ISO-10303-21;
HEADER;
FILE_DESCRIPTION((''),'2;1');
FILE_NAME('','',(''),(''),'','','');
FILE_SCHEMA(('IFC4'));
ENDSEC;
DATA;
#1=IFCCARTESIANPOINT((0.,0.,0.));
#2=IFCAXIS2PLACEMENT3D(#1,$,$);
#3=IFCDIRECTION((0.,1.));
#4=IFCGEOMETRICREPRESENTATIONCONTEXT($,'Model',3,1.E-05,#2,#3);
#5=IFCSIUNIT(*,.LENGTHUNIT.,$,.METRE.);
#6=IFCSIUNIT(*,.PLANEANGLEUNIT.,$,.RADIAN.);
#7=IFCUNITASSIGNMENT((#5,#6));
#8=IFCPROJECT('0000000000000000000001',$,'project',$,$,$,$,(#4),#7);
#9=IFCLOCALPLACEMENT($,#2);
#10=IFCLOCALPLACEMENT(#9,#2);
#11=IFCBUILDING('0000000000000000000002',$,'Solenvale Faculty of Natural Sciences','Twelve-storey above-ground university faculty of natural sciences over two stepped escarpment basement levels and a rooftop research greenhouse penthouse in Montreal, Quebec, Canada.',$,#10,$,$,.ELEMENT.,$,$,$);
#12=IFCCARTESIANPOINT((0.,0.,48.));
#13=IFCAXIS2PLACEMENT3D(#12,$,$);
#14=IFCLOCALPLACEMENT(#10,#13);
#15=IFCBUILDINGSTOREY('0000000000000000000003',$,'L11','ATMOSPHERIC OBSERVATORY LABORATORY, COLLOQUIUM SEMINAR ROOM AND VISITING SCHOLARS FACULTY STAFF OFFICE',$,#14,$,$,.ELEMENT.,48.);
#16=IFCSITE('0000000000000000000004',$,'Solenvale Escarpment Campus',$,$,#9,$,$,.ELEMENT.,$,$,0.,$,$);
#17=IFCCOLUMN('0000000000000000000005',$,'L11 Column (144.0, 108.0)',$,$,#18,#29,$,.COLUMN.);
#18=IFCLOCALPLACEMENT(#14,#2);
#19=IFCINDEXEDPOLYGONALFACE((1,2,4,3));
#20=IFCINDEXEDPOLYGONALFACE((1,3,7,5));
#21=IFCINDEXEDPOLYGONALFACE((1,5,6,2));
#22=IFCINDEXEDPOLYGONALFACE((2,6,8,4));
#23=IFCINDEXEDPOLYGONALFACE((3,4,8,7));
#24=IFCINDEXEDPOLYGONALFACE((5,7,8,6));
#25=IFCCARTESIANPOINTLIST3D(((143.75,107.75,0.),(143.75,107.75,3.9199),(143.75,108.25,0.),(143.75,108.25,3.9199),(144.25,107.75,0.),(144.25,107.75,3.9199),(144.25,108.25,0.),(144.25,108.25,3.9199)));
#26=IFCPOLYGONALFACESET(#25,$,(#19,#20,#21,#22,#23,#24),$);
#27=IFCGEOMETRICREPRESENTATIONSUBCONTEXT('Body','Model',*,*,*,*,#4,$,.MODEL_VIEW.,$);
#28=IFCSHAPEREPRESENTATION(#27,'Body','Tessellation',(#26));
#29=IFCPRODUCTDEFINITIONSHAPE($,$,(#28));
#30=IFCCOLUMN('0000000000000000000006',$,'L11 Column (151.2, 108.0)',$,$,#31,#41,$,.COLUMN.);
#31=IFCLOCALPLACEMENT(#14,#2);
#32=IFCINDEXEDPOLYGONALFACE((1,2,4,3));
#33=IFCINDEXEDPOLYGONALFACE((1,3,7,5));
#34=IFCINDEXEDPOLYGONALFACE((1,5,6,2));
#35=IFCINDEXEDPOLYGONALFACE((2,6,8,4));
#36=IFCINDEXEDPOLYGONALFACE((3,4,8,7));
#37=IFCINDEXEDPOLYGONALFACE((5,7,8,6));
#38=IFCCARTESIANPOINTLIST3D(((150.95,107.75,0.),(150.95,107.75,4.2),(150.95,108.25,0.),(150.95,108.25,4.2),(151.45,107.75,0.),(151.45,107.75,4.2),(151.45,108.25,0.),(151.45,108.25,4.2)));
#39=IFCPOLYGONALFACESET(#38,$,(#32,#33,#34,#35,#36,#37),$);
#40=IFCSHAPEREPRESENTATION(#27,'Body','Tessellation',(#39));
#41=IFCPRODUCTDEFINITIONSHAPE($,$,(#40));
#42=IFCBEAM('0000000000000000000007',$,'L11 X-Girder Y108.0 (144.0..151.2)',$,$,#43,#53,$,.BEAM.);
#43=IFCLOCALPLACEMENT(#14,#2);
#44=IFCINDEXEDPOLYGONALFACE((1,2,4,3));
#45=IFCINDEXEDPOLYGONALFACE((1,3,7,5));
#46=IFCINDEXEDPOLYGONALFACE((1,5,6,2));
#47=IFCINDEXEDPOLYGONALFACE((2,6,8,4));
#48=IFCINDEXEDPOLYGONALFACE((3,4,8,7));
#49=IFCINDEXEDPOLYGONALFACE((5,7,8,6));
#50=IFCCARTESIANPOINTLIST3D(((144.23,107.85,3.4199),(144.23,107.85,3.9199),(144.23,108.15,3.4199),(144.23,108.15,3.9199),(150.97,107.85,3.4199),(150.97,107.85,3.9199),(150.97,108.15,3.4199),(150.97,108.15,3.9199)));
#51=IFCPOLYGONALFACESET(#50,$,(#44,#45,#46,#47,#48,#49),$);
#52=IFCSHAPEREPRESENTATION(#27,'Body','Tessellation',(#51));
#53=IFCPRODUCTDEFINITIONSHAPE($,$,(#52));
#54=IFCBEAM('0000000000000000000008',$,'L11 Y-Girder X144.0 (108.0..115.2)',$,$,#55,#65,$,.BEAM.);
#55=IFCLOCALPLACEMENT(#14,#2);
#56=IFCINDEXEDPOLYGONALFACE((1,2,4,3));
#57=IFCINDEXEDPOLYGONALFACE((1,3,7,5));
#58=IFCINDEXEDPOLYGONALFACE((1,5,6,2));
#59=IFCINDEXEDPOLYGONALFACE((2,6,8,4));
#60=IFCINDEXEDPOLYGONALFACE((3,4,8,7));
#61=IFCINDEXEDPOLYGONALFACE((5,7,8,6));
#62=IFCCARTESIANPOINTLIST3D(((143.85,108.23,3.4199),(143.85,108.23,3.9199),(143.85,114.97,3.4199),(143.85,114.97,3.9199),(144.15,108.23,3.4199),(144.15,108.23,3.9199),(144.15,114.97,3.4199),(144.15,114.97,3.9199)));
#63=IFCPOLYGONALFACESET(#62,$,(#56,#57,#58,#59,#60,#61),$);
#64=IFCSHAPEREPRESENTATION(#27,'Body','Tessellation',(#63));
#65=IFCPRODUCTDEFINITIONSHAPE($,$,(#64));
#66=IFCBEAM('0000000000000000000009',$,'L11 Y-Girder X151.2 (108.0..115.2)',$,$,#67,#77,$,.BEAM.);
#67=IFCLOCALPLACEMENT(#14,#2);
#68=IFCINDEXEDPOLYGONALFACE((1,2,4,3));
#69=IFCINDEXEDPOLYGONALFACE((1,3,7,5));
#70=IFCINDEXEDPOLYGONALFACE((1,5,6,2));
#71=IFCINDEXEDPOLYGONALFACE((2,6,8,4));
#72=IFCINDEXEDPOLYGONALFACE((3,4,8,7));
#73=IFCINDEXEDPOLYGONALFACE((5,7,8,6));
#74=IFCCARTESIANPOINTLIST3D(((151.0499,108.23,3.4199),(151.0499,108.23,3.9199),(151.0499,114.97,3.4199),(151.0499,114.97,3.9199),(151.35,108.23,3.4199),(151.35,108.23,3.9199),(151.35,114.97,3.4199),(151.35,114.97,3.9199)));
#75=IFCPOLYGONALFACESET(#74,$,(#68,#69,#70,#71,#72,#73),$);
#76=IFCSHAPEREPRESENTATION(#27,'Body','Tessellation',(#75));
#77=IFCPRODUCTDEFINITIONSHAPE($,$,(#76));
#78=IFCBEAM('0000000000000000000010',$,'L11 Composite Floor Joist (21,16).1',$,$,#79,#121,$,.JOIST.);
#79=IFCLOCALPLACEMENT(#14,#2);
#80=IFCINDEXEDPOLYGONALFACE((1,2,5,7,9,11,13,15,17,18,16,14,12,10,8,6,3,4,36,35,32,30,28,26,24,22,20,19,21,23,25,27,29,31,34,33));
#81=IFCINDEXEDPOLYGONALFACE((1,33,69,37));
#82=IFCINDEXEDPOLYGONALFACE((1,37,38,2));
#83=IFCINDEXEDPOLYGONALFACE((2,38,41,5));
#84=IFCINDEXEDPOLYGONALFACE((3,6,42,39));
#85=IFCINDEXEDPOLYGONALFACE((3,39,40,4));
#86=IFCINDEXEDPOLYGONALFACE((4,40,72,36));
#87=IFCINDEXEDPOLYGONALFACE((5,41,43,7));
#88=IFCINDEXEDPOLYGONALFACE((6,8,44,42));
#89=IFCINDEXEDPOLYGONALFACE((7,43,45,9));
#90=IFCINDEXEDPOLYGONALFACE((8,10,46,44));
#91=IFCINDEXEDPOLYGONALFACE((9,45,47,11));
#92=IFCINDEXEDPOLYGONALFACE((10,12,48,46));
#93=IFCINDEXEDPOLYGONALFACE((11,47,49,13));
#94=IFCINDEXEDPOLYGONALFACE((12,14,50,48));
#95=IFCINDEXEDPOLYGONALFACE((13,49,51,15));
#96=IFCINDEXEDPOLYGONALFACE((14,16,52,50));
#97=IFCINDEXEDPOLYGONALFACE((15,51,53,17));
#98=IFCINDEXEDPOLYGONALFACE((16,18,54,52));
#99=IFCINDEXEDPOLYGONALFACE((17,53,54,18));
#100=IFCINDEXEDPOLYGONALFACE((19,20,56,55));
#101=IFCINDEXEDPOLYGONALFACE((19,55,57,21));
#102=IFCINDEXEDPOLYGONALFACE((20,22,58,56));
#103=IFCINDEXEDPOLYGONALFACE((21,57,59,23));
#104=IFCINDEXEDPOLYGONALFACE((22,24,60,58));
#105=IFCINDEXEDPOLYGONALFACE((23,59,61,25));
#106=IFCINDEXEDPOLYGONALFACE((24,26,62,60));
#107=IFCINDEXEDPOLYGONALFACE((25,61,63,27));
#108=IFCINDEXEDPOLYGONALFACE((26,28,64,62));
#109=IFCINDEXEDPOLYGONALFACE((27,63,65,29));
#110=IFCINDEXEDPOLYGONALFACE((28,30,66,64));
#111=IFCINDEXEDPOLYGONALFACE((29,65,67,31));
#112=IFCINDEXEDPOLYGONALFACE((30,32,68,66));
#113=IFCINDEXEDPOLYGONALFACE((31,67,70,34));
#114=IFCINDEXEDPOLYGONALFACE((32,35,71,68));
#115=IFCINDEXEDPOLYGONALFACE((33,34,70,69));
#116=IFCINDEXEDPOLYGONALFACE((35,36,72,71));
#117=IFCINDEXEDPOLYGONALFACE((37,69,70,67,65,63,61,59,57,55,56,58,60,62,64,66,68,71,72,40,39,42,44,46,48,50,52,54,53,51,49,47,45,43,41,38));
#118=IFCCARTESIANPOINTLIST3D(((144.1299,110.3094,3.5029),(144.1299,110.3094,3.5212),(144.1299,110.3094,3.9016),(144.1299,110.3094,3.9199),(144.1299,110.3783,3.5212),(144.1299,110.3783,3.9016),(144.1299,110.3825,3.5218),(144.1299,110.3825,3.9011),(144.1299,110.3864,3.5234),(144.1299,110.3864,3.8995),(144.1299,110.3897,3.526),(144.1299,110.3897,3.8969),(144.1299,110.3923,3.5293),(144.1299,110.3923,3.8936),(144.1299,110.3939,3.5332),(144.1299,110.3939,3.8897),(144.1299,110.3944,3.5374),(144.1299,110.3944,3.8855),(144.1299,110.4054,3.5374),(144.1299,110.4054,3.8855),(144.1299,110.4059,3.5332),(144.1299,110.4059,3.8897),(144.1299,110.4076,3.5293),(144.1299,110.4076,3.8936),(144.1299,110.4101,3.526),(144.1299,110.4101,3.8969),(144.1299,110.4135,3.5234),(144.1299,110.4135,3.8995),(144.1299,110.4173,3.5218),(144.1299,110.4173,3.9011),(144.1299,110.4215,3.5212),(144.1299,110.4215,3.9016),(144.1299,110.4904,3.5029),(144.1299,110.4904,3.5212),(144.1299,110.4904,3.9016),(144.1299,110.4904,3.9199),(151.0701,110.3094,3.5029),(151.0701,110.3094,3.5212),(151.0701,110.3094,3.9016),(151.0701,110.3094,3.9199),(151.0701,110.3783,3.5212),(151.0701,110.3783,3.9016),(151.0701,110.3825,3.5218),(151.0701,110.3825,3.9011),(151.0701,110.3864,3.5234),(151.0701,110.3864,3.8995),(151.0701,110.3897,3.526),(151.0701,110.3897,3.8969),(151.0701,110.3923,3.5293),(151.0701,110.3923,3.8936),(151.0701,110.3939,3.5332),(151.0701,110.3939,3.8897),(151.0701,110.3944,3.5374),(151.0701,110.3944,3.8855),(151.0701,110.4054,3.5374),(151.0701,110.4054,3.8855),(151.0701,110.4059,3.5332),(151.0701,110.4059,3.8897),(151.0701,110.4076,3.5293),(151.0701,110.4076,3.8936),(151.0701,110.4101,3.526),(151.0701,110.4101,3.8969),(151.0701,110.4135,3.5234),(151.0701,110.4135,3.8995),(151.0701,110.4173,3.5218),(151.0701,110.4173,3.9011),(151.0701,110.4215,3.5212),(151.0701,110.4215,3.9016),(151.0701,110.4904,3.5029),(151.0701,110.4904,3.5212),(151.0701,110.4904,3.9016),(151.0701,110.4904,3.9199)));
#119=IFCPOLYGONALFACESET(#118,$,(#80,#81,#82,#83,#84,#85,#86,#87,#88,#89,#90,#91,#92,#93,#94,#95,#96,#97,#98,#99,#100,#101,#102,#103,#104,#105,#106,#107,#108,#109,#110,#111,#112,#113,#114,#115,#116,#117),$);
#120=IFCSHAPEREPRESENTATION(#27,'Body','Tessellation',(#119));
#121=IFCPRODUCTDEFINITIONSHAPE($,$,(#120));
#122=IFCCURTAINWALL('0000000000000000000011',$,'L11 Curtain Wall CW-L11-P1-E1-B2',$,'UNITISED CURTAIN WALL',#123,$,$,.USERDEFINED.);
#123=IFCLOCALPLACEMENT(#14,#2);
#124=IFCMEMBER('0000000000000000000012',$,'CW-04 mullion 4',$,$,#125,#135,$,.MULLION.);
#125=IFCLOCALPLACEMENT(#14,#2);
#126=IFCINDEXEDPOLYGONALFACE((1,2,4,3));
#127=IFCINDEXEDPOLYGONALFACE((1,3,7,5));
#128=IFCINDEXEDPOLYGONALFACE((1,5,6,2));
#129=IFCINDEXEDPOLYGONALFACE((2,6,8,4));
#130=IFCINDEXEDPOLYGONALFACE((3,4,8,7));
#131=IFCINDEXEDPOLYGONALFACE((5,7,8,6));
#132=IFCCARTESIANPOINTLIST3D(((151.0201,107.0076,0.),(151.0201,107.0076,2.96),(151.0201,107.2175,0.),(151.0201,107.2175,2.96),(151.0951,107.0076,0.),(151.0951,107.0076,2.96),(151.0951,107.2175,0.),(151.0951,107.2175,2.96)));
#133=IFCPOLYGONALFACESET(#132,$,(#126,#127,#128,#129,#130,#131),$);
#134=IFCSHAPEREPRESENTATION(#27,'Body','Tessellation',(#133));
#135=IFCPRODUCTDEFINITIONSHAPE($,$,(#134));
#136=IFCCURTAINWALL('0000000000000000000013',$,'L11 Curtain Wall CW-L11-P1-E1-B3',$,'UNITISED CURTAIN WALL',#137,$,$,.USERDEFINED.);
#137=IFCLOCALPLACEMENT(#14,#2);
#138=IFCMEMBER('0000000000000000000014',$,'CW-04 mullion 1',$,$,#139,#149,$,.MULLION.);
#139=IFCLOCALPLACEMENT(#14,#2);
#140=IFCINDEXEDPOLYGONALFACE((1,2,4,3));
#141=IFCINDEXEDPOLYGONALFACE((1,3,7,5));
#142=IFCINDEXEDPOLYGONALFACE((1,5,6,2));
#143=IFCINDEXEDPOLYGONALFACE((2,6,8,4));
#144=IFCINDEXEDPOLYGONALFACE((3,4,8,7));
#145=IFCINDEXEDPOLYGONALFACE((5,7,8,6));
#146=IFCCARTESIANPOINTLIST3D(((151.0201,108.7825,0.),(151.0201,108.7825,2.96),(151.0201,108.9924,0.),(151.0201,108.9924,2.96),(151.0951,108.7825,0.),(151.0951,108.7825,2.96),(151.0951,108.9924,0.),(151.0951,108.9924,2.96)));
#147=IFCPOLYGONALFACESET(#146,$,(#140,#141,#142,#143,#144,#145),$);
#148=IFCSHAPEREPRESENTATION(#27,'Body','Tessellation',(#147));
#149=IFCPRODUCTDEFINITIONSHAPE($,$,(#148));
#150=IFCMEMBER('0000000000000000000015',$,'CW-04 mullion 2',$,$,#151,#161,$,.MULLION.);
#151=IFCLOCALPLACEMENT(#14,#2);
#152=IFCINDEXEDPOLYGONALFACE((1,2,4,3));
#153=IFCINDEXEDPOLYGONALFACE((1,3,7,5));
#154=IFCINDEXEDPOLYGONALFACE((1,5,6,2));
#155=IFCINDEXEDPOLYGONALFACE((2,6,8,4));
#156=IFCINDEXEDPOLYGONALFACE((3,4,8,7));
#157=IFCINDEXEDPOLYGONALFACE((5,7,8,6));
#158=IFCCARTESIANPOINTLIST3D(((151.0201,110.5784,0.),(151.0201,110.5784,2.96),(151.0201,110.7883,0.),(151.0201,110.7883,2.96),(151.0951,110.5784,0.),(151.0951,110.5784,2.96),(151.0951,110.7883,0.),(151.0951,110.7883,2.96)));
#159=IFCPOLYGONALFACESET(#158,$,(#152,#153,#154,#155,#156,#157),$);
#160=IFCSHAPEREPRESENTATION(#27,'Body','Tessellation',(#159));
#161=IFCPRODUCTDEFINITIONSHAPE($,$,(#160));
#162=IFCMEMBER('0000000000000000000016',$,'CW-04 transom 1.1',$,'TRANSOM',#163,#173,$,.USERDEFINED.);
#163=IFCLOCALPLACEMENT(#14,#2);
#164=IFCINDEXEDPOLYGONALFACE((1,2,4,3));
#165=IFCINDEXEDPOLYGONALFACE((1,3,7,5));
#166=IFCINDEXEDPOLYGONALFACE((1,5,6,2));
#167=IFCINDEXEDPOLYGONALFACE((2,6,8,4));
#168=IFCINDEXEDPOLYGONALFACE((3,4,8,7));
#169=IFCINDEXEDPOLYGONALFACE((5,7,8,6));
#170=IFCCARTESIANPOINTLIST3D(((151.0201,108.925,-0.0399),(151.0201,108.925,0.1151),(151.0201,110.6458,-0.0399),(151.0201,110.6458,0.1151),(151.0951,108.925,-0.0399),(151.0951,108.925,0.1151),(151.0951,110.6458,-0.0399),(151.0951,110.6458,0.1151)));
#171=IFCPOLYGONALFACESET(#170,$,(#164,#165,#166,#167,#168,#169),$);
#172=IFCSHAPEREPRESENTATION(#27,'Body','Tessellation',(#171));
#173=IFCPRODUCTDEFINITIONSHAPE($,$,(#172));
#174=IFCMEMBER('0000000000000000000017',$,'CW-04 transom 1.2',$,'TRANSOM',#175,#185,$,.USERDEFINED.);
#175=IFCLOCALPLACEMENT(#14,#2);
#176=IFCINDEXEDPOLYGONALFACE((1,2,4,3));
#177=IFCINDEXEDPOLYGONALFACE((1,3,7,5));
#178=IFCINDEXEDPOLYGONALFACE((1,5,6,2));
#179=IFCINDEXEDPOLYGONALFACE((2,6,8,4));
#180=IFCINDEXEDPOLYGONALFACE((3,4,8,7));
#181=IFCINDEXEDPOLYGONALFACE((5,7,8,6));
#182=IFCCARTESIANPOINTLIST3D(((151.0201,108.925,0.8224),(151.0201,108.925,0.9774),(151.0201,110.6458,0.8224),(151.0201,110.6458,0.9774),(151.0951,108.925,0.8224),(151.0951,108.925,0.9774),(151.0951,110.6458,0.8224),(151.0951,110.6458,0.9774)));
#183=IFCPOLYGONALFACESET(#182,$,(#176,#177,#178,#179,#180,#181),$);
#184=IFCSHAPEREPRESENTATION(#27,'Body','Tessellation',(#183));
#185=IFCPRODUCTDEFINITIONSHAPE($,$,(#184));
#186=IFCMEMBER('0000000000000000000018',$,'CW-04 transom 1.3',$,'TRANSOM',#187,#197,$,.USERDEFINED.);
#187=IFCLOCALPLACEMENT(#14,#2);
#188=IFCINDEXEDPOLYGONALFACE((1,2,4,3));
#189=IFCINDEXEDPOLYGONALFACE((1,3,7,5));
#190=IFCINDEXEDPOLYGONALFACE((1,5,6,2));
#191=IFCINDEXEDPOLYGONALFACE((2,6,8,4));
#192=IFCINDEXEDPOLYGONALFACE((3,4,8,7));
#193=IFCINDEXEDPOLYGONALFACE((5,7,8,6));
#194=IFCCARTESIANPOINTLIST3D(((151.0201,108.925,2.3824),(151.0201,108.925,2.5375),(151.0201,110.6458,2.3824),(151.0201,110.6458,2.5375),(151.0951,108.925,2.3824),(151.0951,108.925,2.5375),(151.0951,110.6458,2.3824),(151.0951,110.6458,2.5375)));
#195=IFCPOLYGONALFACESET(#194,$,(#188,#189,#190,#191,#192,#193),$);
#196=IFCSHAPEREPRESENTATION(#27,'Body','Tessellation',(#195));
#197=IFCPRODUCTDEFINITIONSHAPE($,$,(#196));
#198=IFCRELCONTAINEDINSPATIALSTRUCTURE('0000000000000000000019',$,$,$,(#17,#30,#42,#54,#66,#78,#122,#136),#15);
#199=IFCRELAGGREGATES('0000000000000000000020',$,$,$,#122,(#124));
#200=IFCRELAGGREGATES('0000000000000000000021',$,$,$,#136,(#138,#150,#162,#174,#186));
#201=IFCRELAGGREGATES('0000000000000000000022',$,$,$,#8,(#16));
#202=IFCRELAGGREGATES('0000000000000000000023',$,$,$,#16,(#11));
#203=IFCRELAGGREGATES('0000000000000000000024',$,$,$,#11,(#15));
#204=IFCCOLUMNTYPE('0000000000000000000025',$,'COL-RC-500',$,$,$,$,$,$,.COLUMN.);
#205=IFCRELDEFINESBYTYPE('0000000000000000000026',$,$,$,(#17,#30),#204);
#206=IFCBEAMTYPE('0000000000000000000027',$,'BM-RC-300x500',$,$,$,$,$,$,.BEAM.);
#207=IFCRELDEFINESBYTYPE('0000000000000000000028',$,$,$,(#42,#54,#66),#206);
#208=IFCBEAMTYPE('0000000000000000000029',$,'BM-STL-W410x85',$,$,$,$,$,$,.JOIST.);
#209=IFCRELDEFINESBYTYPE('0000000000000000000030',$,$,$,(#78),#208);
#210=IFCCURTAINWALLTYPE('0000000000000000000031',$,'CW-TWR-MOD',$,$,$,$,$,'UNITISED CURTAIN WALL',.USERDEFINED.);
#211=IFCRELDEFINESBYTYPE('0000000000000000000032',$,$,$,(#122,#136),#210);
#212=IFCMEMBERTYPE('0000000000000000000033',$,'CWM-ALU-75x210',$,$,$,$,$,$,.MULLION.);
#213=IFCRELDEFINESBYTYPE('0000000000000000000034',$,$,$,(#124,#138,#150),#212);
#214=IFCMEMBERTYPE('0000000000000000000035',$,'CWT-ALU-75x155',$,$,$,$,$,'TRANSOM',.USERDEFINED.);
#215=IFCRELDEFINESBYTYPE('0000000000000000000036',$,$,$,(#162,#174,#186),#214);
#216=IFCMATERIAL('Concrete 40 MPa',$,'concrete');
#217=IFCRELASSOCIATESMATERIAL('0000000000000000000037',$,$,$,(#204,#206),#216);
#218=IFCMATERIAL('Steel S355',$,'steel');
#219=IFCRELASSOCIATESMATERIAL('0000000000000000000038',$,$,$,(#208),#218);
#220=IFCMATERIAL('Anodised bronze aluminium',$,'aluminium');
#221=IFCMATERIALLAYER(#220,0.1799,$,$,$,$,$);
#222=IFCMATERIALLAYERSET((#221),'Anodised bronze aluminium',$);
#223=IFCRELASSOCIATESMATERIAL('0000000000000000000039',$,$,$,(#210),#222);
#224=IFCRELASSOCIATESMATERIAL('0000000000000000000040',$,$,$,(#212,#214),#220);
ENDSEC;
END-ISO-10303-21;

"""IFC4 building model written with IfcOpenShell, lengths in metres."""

from ifc_helpers import new_model, si_unit, direction, frame, origin, origin_2d, place, context, subcontext, project, spatial, rectangle, i_section, extrude, material, layer, layer_set, material_profile, profile_set, type_object, element, aggregate, save


model = new_model("IFC4")

# Units and contexts
model_context = context("Model", 3, precision=1e-05, world=origin(), true_north=direction((0.0, 1.0)))
body_context = subcontext(model_context, "Body", "Model", "MODEL_VIEW")
ifc_project = project(units=[si_unit("LENGTHUNIT", "METRE"), si_unit("PLANEANGLEUNIT", "RADIAN")], contexts=[model_context])

# Site, building, storey
site_placement = place(None, origin())
site = spatial("IfcSite", under=ifc_project, at=site_placement, Name="Solenvale Escarpment Campus", CompositionType="ELEMENT", RefElevation=0.0)
building_placement = place(site_placement, origin())
building = spatial("IfcBuilding", under=site, at=building_placement, Name="Solenvale Faculty of Natural Sciences", Description="Twelve-storey above-ground university faculty of natural sciences over two stepped escarpment basement levels and a rooftop research greenhouse penthouse in Montreal, Quebec, Canada.", CompositionType="ELEMENT")
storey_placement = place(building_placement, frame((0.0, 0.0, 48.0)))
storey = spatial("IfcBuildingStorey", under=building, at=storey_placement, Name="L11", Description="ATMOSPHERIC OBSERVATORY LABORATORY, COLLOQUIUM SEMINAR ROOM AND VISITING SCHOLARS FACULTY STAFF OFFICE", CompositionType="ELEMENT", Elevation=48.0)

# Columns
ifc_material_1 = material(Name="Concrete 40 MPa", Category="concrete")
ifc_material_profile_1 = material_profile(ifc_material_1, rectangle(XDim=0.5, YDim=0.5, at=origin_2d()), Name="RC-COL-500x500")
ifc_profile_set_1 = profile_set([ifc_material_profile_1], Name="Concrete 40 MPa")
column_type = type_object("IfcColumnType", Name="COL-RC-500", PredefinedType="COLUMN", material=ifc_profile_set_1)
column_1_placement = place(storey_placement, frame((144.0, 108.0, 0.0), z_axis=(0.0, 0.0, 1.0), x_axis=(1.0, 0.0, 0.0)))
element("IfcColumn", 1, at=column_1_placement, inside=storey, type_object=column_type, Name="L11 Column (144.0, 108.0)", PredefinedType="COLUMN", context=body_context, shape_type="SweptSolid", body=[
    extrude(rectangle(XDim=0.5, YDim=0.5, at=origin_2d()), origin(), (0.0, 0.0, 1.0), 3.9199),
])
column_2_placement = place(storey_placement, frame((151.2, 108.0, 0.0), z_axis=(0.0, 0.0, 1.0), x_axis=(1.0, 0.0, 0.0)))
element("IfcColumn", 2, at=column_2_placement, inside=storey, type_object=column_type, Name="L11 Column (151.2, 108.0)", PredefinedType="COLUMN", context=body_context, shape_type="SweptSolid", body=[
    extrude(rectangle(XDim=0.5, YDim=0.5, at=origin_2d()), origin(), (0.0, 0.0, 1.0), 4.2),
])

# Beams
ifc_material_profile_2 = material_profile(ifc_material_1, rectangle(XDim=0.3, YDim=0.5, at=origin_2d()), Name="RC-BM-300x500")
ifc_profile_set_2 = profile_set([ifc_material_profile_2], Name="Concrete 40 MPa")
beam_type_1 = type_object("IfcBeamType", Name="BM-RC-300x500", PredefinedType="BEAM", material=ifc_profile_set_2)
for number, where, z_axis, x_axis, name in (
    (3, (144.23, 108.0, 3.6699), (1.0, 0.0, 0.0), (0.0, 1.0, 0.0), "L11 X-Girder Y108.0 (144.0..151.2)"),
    (4, (144.0, 108.23, 3.6699), (0.0, 1.0, 0.0), (-1.0, 0.0, 0.0), "L11 Y-Girder X144.0 (108.0..115.2)"),
    (5, (151.2, 108.23, 3.6699), (0.0, 1.0, 0.0), (-1.0, 0.0, 0.0), "L11 Y-Girder X151.2 (108.0..115.2)"),
):
    element("IfcBeam", number, at=place(storey_placement, frame(where, z_axis=z_axis, x_axis=x_axis)), inside=storey, type_object=beam_type_1, Name=name, PredefinedType="BEAM", context=body_context, shape_type="SweptSolid", body=[
        extrude(rectangle(XDim=0.3, YDim=0.5, at=origin_2d()), origin(), (0.0, 0.0, 1.0), 6.74),
    ])
ifc_material_2 = material(Name="Steel S355", Category="steel")
ifc_material_profile_3 = material_profile(ifc_material_2, i_section(OverallWidth=0.1809, OverallDepth=0.417, WebThickness=0.011, FlangeThickness=0.0183, FilletRadius=0.0161, at=origin_2d()), Name="W410x85")
ifc_profile_set_3 = profile_set([ifc_material_profile_3], Name="Steel S355")
beam_type_2 = type_object("IfcBeamType", Name="BM-STL-W410x85", PredefinedType="JOIST", material=ifc_profile_set_3)
beam_placement = place(storey_placement, frame((144.1299, 110.3999, 3.7114), z_axis=(1.0, 0.0, 0.0), x_axis=(0.0, 1.0, 0.0)))
element("IfcBeam", 6, at=beam_placement, inside=storey, type_object=beam_type_2, Name="L11 Composite Floor Joist (21,16).1", PredefinedType="JOIST", context=body_context, shape_type="SweptSolid", body=[
    extrude(i_section(OverallWidth=0.1809, OverallDepth=0.417, WebThickness=0.011, FlangeThickness=0.0183, FilletRadius=0.0161, at=origin_2d()), origin(), (0.0, 0.0, 1.0), 6.9402),
])

# Curtain wall, member
ifc_material_3 = material(Name="Anodised bronze aluminium", Category="aluminium")
ifc_layer_1 = layer(ifc_material_3, 0.1799)
ifc_layer_set_1 = layer_set([ifc_layer_1], Name="Anodised bronze aluminium")
curtain_wall_type = type_object("IfcCurtainWallType", Name="CW-TWR-MOD", ElementType="UNITISED CURTAIN WALL", PredefinedType="USERDEFINED", material=ifc_layer_set_1)
curtain_wall_1_placement = place(storey_placement, origin())
curtain_wall_1 = element("IfcCurtainWall", 7, at=curtain_wall_1_placement, inside=storey, type_object=curtain_wall_type, Name="L11 Curtain Wall CW-L11-P1-E1-B2", ObjectType="UNITISED CURTAIN WALL", PredefinedType="USERDEFINED")
ifc_material_profile_4 = material_profile(ifc_material_3, rectangle(XDim=0.075, YDim=0.21, at=origin_2d()), Name="ALU-MUL-75x210")
ifc_profile_set_4 = profile_set([ifc_material_profile_4], Name="Anodised bronze aluminium")
member_type_1 = type_object("IfcMemberType", Name="CWM-ALU-75x210", PredefinedType="MULLION", material=ifc_profile_set_4)
member_1_placement = place(storey_placement, frame((151.0576, 107.1125, 0.0), z_axis=(0.0, 0.0, 1.0), x_axis=(-1.0, 0.0, 0.0)))
member_1 = element("IfcMember", 8, at=member_1_placement, type_object=member_type_1, Name="CW-04 mullion 4", PredefinedType="MULLION", context=body_context, shape_type="SweptSolid", body=[
    extrude(rectangle(XDim=0.075, YDim=0.21, at=origin_2d()), origin(), (0.0, 0.0, 1.0), 2.96),
])
aggregate(curtain_wall_1, [member_1])

# Curtain wall, members
curtain_wall_2_placement = place(storey_placement, origin())
curtain_wall_2 = element("IfcCurtainWall", 9, at=curtain_wall_2_placement, inside=storey, type_object=curtain_wall_type, Name="L11 Curtain Wall CW-L11-P1-E1-B3", ObjectType="UNITISED CURTAIN WALL", PredefinedType="USERDEFINED")
member_2_placement = place(storey_placement, frame((151.0576, 108.8875, 0.0), z_axis=(0.0, 0.0, 1.0), x_axis=(-1.0, 0.0, 0.0)))
member_2 = element("IfcMember", 10, at=member_2_placement, type_object=member_type_1, Name="CW-04 mullion 1", PredefinedType="MULLION", context=body_context, shape_type="SweptSolid", body=[
    extrude(rectangle(XDim=0.075, YDim=0.21, at=origin_2d()), origin(), (0.0, 0.0, 1.0), 2.96),
])
member_3_placement = place(storey_placement, frame((151.0576, 110.6833, 0.0), z_axis=(0.0, 0.0, 1.0), x_axis=(-1.0, 0.0, 0.0)))
member_3 = element("IfcMember", 11, at=member_3_placement, type_object=member_type_1, Name="CW-04 mullion 2", PredefinedType="MULLION", context=body_context, shape_type="SweptSolid", body=[
    extrude(rectangle(XDim=0.075, YDim=0.21, at=origin_2d()), origin(), (0.0, 0.0, 1.0), 2.96),
])
ifc_material_profile_5 = material_profile(ifc_material_3, rectangle(XDim=0.075, YDim=0.155, at=origin_2d()), Name="ALU-TRN-75x155")
ifc_profile_set_5 = profile_set([ifc_material_profile_5], Name="Anodised bronze aluminium")
member_type_2 = type_object("IfcMemberType", Name="CWT-ALU-75x155", ElementType="TRANSOM", PredefinedType="USERDEFINED", material=ifc_profile_set_5)
member_4_placement = place(storey_placement, frame((151.0576, 108.925, 0.0376), z_axis=(0.0, 1.0, 0.0), x_axis=(-1.0, 0.0, 0.0)))
member_4 = element("IfcMember", 12, at=member_4_placement, type_object=member_type_2, Name="CW-04 transom 1.1", ObjectType="TRANSOM", PredefinedType="USERDEFINED", context=body_context, shape_type="SweptSolid", body=[
    extrude(rectangle(XDim=0.075, YDim=0.155, at=origin_2d()), origin(), (0.0, 0.0, 1.0), 1.7207),
])
member_5_placement = place(storey_placement, frame((151.0576, 108.925, 0.8999), z_axis=(0.0, 1.0, 0.0), x_axis=(-1.0, 0.0, 0.0)))
member_5 = element("IfcMember", 13, at=member_5_placement, type_object=member_type_2, Name="CW-04 transom 1.2", ObjectType="TRANSOM", PredefinedType="USERDEFINED", context=body_context, shape_type="SweptSolid", body=[
    extrude(rectangle(XDim=0.075, YDim=0.155, at=origin_2d()), origin(), (0.0, 0.0, 1.0), 1.7207),
])
member_6_placement = place(storey_placement, frame((151.0576, 108.925, 2.46), z_axis=(0.0, 1.0, 0.0), x_axis=(-1.0, 0.0, 0.0)))
member_6 = element("IfcMember", 14, at=member_6_placement, type_object=member_type_2, Name="CW-04 transom 1.3", ObjectType="TRANSOM", PredefinedType="USERDEFINED", context=body_context, shape_type="SweptSolid", body=[
    extrude(rectangle(XDim=0.075, YDim=0.155, at=origin_2d()), origin(), (0.0, 0.0, 1.0), 1.7207),
])
aggregate(curtain_wall_2, [member_2, member_3, member_4, member_5, member_6])

save(model, "model.ifc")
